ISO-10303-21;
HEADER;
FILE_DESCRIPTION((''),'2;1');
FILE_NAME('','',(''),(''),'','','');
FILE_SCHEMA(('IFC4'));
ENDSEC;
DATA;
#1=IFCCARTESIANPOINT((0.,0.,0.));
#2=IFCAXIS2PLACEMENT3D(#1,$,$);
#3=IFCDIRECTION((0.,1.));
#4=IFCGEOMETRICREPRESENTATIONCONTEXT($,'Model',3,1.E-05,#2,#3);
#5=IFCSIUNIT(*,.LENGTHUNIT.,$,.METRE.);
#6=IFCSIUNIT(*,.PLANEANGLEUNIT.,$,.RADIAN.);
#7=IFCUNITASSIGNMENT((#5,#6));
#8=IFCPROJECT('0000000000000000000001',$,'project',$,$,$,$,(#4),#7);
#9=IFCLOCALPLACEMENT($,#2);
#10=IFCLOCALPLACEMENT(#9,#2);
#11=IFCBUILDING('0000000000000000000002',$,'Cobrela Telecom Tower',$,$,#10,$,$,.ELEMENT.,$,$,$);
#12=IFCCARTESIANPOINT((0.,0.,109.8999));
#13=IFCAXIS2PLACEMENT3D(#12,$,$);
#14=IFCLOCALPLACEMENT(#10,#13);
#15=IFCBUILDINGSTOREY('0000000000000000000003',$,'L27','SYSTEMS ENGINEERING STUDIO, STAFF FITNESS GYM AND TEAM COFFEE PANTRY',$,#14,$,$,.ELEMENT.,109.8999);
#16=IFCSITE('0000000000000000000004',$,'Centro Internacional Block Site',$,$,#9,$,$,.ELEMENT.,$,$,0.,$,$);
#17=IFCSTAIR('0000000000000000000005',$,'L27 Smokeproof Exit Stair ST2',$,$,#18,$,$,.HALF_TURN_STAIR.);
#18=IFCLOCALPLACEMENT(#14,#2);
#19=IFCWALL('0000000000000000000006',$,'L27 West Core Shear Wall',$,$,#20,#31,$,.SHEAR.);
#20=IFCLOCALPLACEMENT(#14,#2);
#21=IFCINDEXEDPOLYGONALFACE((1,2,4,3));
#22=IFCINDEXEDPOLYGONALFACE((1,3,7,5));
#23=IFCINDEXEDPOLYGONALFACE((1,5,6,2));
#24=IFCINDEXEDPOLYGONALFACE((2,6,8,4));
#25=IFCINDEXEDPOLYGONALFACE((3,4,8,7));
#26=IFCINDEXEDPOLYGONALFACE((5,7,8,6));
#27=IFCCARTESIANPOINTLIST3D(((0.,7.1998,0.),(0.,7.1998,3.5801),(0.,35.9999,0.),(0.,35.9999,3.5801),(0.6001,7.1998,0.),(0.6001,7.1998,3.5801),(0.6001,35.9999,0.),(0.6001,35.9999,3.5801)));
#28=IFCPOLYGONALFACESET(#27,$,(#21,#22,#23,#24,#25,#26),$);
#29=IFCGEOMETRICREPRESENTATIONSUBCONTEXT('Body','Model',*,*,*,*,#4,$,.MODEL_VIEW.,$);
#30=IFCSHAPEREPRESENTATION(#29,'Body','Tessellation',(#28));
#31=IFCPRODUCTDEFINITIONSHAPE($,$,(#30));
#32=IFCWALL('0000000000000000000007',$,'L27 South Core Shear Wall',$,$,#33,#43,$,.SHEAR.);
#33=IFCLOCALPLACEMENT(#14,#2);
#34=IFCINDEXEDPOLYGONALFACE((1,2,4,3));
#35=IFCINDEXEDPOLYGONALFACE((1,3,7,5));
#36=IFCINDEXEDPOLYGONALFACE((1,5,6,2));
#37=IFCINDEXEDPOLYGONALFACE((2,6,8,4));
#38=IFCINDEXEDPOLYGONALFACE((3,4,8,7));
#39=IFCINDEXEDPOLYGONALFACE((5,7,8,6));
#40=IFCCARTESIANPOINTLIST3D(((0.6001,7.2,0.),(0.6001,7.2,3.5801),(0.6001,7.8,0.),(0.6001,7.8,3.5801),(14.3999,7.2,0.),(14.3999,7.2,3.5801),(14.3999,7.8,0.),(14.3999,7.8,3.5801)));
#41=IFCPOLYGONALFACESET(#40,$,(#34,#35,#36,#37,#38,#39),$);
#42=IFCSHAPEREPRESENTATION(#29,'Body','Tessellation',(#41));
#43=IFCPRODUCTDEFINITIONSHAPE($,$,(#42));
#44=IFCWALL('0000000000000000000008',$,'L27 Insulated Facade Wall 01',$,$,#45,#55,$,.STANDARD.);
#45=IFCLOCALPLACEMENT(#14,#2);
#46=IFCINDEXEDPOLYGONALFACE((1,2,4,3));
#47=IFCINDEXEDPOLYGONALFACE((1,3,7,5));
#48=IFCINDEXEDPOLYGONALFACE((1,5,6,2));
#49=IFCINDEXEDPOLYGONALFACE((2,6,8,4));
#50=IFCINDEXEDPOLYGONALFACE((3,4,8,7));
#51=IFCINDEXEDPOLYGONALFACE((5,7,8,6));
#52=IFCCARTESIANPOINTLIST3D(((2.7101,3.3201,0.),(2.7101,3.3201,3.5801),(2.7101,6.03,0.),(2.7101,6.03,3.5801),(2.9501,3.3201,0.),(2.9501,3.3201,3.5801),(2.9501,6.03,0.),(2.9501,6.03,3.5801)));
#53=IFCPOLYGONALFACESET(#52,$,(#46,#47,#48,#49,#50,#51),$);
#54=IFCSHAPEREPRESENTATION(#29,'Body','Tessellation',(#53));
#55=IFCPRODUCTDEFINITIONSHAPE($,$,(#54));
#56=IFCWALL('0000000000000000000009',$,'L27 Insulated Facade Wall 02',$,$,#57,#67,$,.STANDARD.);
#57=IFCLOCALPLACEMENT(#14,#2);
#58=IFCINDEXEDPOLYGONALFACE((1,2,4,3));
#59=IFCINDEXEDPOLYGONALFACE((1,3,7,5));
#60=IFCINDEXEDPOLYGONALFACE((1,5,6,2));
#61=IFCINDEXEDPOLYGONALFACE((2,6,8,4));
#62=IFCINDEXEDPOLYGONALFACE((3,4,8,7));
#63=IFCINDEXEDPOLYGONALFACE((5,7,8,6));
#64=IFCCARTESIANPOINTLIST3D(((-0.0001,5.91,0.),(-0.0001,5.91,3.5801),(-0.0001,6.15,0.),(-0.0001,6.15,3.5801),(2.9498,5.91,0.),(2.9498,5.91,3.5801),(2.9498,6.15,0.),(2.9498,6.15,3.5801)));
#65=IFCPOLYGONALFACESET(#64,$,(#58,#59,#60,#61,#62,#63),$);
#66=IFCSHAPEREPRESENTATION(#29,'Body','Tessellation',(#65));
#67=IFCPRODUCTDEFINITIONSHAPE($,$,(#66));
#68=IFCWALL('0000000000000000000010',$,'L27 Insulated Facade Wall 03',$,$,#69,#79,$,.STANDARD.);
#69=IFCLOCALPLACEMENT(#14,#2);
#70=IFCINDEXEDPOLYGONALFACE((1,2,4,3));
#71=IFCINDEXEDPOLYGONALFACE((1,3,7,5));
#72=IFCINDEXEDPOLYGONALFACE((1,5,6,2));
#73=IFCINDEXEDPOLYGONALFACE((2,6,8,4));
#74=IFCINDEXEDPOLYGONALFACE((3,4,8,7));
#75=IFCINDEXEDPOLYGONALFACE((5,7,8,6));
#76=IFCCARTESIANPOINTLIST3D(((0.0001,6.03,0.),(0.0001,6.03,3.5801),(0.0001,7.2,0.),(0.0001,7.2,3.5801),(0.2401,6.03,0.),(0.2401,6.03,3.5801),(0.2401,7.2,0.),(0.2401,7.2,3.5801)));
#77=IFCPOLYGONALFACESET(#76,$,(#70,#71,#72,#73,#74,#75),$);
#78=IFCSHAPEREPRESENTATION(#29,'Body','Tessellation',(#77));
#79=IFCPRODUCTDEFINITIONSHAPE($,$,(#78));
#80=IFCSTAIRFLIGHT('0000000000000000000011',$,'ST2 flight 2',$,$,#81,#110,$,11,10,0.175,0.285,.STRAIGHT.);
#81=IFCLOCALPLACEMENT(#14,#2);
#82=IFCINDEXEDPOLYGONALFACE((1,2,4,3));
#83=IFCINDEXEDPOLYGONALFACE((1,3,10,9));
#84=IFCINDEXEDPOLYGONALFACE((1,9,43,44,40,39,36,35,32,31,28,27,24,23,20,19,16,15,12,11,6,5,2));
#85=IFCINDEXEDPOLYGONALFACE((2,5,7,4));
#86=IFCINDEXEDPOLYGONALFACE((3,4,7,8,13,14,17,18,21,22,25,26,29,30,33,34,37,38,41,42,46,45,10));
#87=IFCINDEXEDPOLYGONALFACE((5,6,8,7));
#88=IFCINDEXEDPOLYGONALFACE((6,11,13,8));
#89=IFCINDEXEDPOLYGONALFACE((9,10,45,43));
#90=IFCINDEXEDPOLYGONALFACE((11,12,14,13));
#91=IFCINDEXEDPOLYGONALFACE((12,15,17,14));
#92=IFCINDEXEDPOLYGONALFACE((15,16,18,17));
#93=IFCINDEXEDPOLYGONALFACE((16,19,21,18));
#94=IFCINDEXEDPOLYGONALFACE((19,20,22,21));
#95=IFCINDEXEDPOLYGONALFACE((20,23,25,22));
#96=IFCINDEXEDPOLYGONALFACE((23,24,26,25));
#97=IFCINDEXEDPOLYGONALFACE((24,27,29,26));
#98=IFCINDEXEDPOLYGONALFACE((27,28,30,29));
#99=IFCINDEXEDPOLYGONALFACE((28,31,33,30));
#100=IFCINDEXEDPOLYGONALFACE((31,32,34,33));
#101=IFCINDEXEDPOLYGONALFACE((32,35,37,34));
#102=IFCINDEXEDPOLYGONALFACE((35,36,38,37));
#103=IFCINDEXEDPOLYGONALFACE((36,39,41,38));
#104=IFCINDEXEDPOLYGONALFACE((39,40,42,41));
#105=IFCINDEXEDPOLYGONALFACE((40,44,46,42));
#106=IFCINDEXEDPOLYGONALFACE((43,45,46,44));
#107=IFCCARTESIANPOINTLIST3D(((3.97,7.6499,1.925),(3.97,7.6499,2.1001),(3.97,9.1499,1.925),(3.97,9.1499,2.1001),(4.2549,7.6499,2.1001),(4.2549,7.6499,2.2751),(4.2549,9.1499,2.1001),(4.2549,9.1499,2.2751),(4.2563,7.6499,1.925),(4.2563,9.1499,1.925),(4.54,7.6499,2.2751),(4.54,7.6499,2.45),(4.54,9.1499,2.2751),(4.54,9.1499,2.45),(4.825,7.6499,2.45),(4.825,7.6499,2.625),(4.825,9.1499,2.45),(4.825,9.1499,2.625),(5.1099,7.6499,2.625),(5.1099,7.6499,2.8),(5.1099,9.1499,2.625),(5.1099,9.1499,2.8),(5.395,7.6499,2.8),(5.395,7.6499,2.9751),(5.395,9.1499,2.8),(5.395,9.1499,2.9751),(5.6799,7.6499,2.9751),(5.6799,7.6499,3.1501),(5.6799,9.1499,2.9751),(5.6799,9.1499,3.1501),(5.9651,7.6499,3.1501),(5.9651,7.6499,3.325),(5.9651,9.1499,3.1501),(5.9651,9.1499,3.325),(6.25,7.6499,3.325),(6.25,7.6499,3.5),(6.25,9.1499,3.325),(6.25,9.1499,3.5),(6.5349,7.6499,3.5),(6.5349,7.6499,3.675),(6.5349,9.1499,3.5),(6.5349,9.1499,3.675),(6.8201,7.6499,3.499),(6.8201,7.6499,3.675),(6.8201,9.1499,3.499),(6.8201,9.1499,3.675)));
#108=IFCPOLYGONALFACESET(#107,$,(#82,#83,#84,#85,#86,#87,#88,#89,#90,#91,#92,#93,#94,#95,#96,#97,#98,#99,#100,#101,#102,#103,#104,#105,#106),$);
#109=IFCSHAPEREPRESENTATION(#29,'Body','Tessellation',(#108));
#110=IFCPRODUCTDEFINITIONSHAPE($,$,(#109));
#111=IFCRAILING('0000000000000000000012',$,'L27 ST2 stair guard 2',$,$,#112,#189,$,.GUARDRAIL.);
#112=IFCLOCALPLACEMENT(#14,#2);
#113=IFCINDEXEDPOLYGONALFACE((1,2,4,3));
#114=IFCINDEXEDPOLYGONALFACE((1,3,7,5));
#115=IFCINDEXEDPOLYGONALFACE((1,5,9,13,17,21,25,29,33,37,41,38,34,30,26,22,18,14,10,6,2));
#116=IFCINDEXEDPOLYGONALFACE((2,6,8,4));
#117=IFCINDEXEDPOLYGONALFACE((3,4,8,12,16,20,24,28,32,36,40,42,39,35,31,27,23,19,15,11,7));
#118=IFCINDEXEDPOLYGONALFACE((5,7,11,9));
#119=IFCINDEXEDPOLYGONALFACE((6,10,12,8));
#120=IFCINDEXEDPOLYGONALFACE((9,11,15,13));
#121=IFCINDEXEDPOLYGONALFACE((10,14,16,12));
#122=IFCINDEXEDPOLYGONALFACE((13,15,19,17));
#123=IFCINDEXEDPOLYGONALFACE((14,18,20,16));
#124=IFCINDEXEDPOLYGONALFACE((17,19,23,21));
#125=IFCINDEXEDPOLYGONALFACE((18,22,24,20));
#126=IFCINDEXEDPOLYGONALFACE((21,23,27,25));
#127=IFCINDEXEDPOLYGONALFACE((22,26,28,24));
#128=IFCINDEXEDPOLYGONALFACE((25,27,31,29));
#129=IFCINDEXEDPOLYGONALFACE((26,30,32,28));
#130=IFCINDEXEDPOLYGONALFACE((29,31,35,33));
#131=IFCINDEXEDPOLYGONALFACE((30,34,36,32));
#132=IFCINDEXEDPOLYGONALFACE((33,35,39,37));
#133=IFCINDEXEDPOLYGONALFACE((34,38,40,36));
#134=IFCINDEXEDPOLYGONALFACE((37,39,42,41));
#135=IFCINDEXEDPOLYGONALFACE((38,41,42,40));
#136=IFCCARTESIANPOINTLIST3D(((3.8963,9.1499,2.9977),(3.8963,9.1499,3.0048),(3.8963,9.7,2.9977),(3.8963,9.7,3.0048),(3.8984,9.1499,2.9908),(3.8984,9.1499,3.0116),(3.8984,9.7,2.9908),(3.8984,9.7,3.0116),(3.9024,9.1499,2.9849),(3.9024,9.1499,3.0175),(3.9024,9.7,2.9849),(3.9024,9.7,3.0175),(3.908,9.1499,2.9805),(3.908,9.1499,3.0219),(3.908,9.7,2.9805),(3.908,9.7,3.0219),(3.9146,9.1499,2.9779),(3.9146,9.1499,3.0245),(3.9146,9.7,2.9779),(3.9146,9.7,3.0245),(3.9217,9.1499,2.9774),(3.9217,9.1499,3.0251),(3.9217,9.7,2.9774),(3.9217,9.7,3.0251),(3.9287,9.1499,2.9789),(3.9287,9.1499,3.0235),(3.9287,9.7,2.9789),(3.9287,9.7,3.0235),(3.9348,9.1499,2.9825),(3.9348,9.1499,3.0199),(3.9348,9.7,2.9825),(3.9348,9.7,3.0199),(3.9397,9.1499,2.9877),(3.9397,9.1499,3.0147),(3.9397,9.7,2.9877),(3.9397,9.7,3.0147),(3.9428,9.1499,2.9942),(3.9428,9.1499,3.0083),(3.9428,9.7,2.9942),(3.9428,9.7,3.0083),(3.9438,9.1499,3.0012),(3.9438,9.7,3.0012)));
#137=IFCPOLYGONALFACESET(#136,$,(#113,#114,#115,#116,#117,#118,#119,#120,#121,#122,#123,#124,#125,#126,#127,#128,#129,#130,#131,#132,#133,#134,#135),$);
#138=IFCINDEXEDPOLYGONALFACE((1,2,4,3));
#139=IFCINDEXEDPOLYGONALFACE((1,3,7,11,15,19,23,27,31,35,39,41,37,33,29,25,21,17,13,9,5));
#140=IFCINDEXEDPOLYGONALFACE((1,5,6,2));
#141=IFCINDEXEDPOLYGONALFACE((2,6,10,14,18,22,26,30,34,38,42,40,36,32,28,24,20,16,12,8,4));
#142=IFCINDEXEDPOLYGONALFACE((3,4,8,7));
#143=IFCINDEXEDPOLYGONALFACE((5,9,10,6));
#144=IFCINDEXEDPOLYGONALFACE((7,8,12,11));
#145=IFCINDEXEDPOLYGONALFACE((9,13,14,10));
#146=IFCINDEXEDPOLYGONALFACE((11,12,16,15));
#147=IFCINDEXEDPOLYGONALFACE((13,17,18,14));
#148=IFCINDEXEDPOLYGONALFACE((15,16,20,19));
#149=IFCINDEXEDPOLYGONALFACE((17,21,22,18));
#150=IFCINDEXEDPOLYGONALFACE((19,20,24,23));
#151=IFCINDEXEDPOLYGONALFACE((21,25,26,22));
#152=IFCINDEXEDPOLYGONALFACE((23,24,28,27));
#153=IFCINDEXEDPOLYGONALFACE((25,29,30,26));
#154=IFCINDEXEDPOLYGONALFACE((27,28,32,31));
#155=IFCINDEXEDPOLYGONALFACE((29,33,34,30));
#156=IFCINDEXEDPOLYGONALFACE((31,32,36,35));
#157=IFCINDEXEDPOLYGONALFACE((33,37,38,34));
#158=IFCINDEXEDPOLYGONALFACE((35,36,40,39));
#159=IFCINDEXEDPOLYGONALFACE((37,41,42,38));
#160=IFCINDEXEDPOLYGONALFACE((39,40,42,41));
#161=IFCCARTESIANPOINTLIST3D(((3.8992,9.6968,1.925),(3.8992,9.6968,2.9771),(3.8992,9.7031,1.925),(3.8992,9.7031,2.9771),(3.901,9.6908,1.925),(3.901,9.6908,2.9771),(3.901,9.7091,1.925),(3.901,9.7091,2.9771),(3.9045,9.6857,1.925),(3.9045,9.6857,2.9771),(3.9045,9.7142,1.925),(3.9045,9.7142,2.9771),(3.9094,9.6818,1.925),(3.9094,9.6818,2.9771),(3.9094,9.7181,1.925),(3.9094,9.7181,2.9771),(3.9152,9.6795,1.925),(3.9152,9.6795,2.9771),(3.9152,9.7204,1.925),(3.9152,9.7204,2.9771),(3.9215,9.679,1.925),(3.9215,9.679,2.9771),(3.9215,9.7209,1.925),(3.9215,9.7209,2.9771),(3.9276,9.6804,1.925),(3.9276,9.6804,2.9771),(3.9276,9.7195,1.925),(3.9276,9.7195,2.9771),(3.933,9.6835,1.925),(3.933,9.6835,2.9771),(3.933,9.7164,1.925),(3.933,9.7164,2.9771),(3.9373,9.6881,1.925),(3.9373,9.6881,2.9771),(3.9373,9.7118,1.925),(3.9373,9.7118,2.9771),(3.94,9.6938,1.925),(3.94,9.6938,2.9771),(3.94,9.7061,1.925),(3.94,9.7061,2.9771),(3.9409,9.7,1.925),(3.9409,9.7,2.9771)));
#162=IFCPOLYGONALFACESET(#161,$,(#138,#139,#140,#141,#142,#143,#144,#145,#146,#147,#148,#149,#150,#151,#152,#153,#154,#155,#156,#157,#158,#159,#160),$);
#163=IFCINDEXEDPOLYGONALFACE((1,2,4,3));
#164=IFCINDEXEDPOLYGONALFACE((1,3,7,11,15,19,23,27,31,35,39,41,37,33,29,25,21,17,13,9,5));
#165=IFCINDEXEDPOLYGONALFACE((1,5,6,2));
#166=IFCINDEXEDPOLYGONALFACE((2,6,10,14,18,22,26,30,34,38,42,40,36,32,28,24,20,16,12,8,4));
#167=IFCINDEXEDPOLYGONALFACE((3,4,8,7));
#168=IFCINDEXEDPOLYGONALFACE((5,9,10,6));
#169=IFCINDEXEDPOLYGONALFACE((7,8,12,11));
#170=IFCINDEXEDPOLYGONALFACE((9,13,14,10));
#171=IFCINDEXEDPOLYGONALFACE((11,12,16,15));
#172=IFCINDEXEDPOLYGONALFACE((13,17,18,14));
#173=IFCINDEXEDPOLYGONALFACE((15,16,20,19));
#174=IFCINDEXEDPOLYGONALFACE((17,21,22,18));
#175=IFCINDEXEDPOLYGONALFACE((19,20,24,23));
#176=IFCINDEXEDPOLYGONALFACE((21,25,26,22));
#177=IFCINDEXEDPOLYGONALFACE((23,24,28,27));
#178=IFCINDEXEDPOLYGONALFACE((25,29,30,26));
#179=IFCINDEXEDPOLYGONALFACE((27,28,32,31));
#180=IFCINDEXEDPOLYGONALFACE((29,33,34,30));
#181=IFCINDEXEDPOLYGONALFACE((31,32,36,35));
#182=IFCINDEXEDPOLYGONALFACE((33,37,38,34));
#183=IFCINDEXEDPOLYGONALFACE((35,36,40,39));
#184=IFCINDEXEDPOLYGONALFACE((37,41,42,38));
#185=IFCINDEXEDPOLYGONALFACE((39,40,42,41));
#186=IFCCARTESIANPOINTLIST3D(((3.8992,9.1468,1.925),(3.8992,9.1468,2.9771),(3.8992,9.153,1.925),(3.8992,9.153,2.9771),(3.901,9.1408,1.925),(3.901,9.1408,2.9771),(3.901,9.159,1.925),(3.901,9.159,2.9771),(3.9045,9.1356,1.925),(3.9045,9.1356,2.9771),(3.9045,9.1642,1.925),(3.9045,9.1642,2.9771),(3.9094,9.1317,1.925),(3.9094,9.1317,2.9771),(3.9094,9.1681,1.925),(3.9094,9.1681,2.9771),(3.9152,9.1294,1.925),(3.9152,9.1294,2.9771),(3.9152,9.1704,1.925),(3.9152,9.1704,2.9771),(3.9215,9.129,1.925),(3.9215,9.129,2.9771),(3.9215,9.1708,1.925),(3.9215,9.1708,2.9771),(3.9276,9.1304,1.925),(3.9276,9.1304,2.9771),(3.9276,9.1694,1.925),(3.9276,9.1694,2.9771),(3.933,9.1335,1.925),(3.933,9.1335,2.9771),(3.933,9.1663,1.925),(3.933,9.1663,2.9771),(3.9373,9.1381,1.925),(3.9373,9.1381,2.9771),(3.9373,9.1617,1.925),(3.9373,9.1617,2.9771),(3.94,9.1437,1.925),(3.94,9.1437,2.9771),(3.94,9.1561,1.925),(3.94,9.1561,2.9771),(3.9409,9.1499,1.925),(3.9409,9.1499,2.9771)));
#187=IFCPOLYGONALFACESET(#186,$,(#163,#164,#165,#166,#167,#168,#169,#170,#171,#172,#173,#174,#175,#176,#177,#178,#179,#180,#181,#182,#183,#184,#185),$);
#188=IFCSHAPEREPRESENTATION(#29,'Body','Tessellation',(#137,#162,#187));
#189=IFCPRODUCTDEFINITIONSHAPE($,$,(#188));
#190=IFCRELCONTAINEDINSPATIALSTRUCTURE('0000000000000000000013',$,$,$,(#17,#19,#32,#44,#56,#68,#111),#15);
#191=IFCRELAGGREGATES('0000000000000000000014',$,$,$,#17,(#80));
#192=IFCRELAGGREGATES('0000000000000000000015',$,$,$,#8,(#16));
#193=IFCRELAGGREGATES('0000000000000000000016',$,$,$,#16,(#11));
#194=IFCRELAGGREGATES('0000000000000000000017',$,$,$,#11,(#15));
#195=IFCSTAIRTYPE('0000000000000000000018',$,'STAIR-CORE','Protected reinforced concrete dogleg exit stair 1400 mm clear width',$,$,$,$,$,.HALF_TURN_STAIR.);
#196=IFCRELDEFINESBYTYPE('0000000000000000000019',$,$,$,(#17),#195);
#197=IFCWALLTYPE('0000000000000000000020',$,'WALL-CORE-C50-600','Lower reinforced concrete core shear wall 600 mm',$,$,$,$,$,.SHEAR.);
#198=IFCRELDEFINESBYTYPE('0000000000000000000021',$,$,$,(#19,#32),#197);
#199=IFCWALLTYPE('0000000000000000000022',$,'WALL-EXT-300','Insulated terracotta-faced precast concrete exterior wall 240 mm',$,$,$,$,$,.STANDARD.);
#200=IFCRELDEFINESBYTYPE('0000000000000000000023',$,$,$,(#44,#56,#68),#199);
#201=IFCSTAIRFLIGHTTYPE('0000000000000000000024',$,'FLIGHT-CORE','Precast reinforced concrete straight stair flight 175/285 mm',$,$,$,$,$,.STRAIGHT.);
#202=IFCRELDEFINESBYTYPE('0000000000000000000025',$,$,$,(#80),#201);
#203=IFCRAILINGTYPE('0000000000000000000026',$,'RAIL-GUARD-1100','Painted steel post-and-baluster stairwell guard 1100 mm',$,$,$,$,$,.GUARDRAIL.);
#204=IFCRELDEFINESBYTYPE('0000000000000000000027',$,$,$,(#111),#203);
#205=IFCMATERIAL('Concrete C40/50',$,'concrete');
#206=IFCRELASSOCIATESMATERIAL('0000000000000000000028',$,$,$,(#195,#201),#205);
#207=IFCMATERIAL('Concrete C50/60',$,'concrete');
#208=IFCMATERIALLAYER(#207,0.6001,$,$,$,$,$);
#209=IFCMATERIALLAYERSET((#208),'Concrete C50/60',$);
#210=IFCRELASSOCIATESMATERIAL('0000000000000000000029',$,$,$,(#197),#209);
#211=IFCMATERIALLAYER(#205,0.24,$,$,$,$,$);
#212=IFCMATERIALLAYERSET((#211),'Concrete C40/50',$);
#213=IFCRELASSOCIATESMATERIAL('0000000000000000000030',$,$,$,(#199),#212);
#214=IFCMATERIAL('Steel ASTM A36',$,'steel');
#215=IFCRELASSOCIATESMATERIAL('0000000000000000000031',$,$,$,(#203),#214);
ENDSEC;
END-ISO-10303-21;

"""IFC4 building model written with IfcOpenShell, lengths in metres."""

from ifc_helpers import new_model, si_unit, direction, frame, frame_2d, origin, origin_2d, place, context, subcontext, project, spatial, polyline, rectangle, circle, outline, extrude, material, layer, layer_set, type_object, element, aggregate, save


model = new_model("IFC4")

# Units and contexts
model_context = context("Model", 3, precision=1e-05, world=origin(), true_north=direction((0.0, 1.0)))
body_context = subcontext(model_context, "Body", "Model", "MODEL_VIEW")
ifc_project = project(units=[si_unit("LENGTHUNIT", "METRE"), si_unit("PLANEANGLEUNIT", "RADIAN")], contexts=[model_context])

# Site, building, storey
site_placement = place(None, origin())
site = spatial("IfcSite", under=ifc_project, at=site_placement, Name="Centro Internacional Block Site", CompositionType="ELEMENT", RefElevation=0.0)
building_placement = place(site_placement, origin())
building = spatial("IfcBuilding", under=site, at=building_placement, Name="Cobrela Telecom Tower", CompositionType="ELEMENT")
storey_placement = place(building_placement, frame((0.0, 0.0, 109.8999)))
storey = spatial("IfcBuildingStorey", under=building, at=storey_placement, Name="L27", Description="SYSTEMS ENGINEERING STUDIO, STAFF FITNESS GYM AND TEAM COFFEE PANTRY", CompositionType="ELEMENT", Elevation=109.8999)

# Shared definitions
ifc_material_1 = material(Name="Concrete C40/50", Category="concrete")

# Stair
stair_type = type_object("IfcStairType", Name="STAIR-CORE", Description="Protected reinforced concrete dogleg exit stair 1400 mm clear width", PredefinedType="HALF_TURN_STAIR", material=ifc_material_1)
stair_1_placement = place(storey_placement, origin())
stair_1 = element("IfcStair", 1, at=stair_1_placement, inside=storey, type_object=stair_type, Name="L27 Smokeproof Exit Stair ST2", PredefinedType="HALF_TURN_STAIR")

# Walls
ifc_material_2 = material(Name="Concrete C50/60", Category="concrete")
ifc_layer_1 = layer(ifc_material_2, 0.6001)
ifc_layer_set_1 = layer_set([ifc_layer_1], Name="Concrete C50/60")
wall_type_1 = type_object("IfcWallType", Name="WALL-CORE-C50-600", Description="Lower reinforced concrete core shear wall 600 mm", PredefinedType="SHEAR", material=ifc_layer_set_1)
wall_1_placement = place(storey_placement, frame((0.3, 7.2, 0.0), z_axis=(0.0, 0.0, 1.0), x_axis=(0.0, 1.0, 0.0)))
element("IfcWall", 2, at=wall_1_placement, inside=storey, type_object=wall_type_1, Name="L27 West Core Shear Wall", PredefinedType="SHEAR", context=body_context, shape_type="SweptSolid", body=[
    extrude(rectangle(XDim=28.8, YDim=0.6001, at=frame_2d((14.3999, 0.0))), origin(), (0.0, 0.0, 1.0), 3.5801),
])
wall_2_placement = place(storey_placement, frame((0.6001, 7.5, 0.0), z_axis=(0.0, 0.0, 1.0), x_axis=(1.0, 0.0, 0.0)))
element("IfcWall", 3, at=wall_2_placement, inside=storey, type_object=wall_type_1, Name="L27 South Core Shear Wall", PredefinedType="SHEAR", context=body_context, shape_type="SweptSolid", body=[
    extrude(rectangle(XDim=13.7998, YDim=0.6001, at=frame_2d((6.8999, 0.0))), origin(), (0.0, 0.0, 1.0), 3.5801),
])
ifc_layer_2 = layer(ifc_material_1, 0.24)
ifc_layer_set_2 = layer_set([ifc_layer_2], Name="Concrete C40/50")
wall_type_2 = type_object("IfcWallType", Name="WALL-EXT-300", Description="Insulated terracotta-faced precast concrete exterior wall 240 mm", PredefinedType="STANDARD", material=ifc_layer_set_2)
wall_3_placement = place(storey_placement, frame((2.8301, 3.3201, 0.0), z_axis=(0.0, 0.0, 1.0), x_axis=(0.0, 1.0, 0.0)))
element("IfcWall", 4, at=wall_3_placement, inside=storey, type_object=wall_type_2, Name="L27 Insulated Facade Wall 01", PredefinedType="STANDARD", context=body_context, shape_type="SweptSolid", body=[
    extrude(rectangle(XDim=2.71, YDim=0.24, at=frame_2d((1.355, 0.0))), origin(), (0.0, 0.0, 1.0), 3.5801),
])
wall_4_placement = place(storey_placement, frame((2.95, 6.03, 0.0), z_axis=(0.0, 0.0, 1.0), x_axis=(-1.0, 0.0, 0.0)))
element("IfcWall", 5, at=wall_4_placement, inside=storey, type_object=wall_type_2, Name="L27 Insulated Facade Wall 02", PredefinedType="STANDARD", context=body_context, shape_type="SweptSolid", body=[
    extrude(rectangle(XDim=2.95, YDim=0.24, at=frame_2d((1.4751, 0.0))), origin(), (0.0, 0.0, 1.0), 3.5801),
])
wall_5_placement = place(storey_placement, frame((0.1201, 6.03, 0.0), z_axis=(0.0, 0.0, 1.0), x_axis=(0.0, 1.0, 0.0)))
element("IfcWall", 6, at=wall_5_placement, inside=storey, type_object=wall_type_2, Name="L27 Insulated Facade Wall 03", PredefinedType="STANDARD", context=body_context, shape_type="SweptSolid", body=[
    extrude(rectangle(XDim=1.1699, YDim=0.24, at=frame_2d((0.585, 0.0))), origin(), (0.0, 0.0, 1.0), 3.5801),
])

# Stair flight
stair_flight_type = type_object("IfcStairFlightType", Name="FLIGHT-CORE", Description="Precast reinforced concrete straight stair flight 175/285 mm", PredefinedType="STRAIGHT", material=ifc_material_1)
stair_flight_placement = place(storey_placement, frame((3.97, 8.3999, 1.925), z_axis=(0.0, 0.0, 1.0), x_axis=(1.0, 0.0, 0.0)))
stair_flight = element("IfcStairFlight", 7, at=stair_flight_placement, type_object=stair_flight_type, Name="ST2 flight 2", NumberOfRisers=11, NumberOfTreads=10, PredefinedType="STRAIGHT", RiserHeight=0.175, TreadLength=0.285, context=body_context, shape_type="SweptSolid", body=[
    extrude(outline(polyline([(0.0, 0.0), (0.0, 0.175), (0.2849, 0.175), (0.2849, 0.3501), (0.5701, 0.3501), (0.5701, 0.5249), (0.855, 0.5249), (0.855, 0.7), (1.1399, 0.7), (1.1399, 0.875), (1.425, 0.875), (1.425, 1.05), (1.71, 1.05), (1.71, 1.2251), (1.9951, 1.2251), (1.9951, 1.3999), (2.28, 1.3999), (2.28, 1.575), (2.5649, 1.575), (2.5649, 1.75), (2.8501, 1.75), (2.8501, 1.925), (2.8501, 1.574), (0.2864, 0.0), (0.0, 0.0)])), frame((0.0, 0.75, 0.0), z_axis=(0.0, -1.0, 0.0), x_axis=(1.0, 0.0, 0.0)), (0.0, 0.0, 1.0), 1.5),
])
aggregate(stair_1, [stair_flight])

# Railing
ifc_material_3 = material(Name="Steel ASTM A36", Category="steel")
railing_type_1 = type_object("IfcRailingType", Name="RAIL-GUARD-1100", Description="Painted steel post-and-baluster stairwell guard 1100 mm", PredefinedType="GUARDRAIL", material=ifc_material_3)
railing_1_placement = place(storey_placement, frame((3.9199, 9.7, 1.925)))
element("IfcRailing", 8, at=railing_1_placement, inside=storey, type_object=railing_type_1, Name="L27 ST2 stair guard 2", PredefinedType="GUARDRAIL", context=body_context, shape_type="SweptSolid", body=[
    extrude(circle(Radius=0.0239, at=origin_2d()), frame((0.0, 0.0, 1.0762), z_axis=(0.0, -1.0, 0.0), x_axis=(1.0, 0.0, 0.0)), (0.0, 0.0, 1.0), 0.55),
    extrude(circle(Radius=0.021, at=origin_2d()), origin(), (0.0, 0.0, 1.0), 1.052),
    extrude(circle(Radius=0.021, at=origin_2d()), frame((0.0, -0.55, 0.0)), (0.0, 0.0, 1.0), 1.052),
])

save(model, "model.ifc")
